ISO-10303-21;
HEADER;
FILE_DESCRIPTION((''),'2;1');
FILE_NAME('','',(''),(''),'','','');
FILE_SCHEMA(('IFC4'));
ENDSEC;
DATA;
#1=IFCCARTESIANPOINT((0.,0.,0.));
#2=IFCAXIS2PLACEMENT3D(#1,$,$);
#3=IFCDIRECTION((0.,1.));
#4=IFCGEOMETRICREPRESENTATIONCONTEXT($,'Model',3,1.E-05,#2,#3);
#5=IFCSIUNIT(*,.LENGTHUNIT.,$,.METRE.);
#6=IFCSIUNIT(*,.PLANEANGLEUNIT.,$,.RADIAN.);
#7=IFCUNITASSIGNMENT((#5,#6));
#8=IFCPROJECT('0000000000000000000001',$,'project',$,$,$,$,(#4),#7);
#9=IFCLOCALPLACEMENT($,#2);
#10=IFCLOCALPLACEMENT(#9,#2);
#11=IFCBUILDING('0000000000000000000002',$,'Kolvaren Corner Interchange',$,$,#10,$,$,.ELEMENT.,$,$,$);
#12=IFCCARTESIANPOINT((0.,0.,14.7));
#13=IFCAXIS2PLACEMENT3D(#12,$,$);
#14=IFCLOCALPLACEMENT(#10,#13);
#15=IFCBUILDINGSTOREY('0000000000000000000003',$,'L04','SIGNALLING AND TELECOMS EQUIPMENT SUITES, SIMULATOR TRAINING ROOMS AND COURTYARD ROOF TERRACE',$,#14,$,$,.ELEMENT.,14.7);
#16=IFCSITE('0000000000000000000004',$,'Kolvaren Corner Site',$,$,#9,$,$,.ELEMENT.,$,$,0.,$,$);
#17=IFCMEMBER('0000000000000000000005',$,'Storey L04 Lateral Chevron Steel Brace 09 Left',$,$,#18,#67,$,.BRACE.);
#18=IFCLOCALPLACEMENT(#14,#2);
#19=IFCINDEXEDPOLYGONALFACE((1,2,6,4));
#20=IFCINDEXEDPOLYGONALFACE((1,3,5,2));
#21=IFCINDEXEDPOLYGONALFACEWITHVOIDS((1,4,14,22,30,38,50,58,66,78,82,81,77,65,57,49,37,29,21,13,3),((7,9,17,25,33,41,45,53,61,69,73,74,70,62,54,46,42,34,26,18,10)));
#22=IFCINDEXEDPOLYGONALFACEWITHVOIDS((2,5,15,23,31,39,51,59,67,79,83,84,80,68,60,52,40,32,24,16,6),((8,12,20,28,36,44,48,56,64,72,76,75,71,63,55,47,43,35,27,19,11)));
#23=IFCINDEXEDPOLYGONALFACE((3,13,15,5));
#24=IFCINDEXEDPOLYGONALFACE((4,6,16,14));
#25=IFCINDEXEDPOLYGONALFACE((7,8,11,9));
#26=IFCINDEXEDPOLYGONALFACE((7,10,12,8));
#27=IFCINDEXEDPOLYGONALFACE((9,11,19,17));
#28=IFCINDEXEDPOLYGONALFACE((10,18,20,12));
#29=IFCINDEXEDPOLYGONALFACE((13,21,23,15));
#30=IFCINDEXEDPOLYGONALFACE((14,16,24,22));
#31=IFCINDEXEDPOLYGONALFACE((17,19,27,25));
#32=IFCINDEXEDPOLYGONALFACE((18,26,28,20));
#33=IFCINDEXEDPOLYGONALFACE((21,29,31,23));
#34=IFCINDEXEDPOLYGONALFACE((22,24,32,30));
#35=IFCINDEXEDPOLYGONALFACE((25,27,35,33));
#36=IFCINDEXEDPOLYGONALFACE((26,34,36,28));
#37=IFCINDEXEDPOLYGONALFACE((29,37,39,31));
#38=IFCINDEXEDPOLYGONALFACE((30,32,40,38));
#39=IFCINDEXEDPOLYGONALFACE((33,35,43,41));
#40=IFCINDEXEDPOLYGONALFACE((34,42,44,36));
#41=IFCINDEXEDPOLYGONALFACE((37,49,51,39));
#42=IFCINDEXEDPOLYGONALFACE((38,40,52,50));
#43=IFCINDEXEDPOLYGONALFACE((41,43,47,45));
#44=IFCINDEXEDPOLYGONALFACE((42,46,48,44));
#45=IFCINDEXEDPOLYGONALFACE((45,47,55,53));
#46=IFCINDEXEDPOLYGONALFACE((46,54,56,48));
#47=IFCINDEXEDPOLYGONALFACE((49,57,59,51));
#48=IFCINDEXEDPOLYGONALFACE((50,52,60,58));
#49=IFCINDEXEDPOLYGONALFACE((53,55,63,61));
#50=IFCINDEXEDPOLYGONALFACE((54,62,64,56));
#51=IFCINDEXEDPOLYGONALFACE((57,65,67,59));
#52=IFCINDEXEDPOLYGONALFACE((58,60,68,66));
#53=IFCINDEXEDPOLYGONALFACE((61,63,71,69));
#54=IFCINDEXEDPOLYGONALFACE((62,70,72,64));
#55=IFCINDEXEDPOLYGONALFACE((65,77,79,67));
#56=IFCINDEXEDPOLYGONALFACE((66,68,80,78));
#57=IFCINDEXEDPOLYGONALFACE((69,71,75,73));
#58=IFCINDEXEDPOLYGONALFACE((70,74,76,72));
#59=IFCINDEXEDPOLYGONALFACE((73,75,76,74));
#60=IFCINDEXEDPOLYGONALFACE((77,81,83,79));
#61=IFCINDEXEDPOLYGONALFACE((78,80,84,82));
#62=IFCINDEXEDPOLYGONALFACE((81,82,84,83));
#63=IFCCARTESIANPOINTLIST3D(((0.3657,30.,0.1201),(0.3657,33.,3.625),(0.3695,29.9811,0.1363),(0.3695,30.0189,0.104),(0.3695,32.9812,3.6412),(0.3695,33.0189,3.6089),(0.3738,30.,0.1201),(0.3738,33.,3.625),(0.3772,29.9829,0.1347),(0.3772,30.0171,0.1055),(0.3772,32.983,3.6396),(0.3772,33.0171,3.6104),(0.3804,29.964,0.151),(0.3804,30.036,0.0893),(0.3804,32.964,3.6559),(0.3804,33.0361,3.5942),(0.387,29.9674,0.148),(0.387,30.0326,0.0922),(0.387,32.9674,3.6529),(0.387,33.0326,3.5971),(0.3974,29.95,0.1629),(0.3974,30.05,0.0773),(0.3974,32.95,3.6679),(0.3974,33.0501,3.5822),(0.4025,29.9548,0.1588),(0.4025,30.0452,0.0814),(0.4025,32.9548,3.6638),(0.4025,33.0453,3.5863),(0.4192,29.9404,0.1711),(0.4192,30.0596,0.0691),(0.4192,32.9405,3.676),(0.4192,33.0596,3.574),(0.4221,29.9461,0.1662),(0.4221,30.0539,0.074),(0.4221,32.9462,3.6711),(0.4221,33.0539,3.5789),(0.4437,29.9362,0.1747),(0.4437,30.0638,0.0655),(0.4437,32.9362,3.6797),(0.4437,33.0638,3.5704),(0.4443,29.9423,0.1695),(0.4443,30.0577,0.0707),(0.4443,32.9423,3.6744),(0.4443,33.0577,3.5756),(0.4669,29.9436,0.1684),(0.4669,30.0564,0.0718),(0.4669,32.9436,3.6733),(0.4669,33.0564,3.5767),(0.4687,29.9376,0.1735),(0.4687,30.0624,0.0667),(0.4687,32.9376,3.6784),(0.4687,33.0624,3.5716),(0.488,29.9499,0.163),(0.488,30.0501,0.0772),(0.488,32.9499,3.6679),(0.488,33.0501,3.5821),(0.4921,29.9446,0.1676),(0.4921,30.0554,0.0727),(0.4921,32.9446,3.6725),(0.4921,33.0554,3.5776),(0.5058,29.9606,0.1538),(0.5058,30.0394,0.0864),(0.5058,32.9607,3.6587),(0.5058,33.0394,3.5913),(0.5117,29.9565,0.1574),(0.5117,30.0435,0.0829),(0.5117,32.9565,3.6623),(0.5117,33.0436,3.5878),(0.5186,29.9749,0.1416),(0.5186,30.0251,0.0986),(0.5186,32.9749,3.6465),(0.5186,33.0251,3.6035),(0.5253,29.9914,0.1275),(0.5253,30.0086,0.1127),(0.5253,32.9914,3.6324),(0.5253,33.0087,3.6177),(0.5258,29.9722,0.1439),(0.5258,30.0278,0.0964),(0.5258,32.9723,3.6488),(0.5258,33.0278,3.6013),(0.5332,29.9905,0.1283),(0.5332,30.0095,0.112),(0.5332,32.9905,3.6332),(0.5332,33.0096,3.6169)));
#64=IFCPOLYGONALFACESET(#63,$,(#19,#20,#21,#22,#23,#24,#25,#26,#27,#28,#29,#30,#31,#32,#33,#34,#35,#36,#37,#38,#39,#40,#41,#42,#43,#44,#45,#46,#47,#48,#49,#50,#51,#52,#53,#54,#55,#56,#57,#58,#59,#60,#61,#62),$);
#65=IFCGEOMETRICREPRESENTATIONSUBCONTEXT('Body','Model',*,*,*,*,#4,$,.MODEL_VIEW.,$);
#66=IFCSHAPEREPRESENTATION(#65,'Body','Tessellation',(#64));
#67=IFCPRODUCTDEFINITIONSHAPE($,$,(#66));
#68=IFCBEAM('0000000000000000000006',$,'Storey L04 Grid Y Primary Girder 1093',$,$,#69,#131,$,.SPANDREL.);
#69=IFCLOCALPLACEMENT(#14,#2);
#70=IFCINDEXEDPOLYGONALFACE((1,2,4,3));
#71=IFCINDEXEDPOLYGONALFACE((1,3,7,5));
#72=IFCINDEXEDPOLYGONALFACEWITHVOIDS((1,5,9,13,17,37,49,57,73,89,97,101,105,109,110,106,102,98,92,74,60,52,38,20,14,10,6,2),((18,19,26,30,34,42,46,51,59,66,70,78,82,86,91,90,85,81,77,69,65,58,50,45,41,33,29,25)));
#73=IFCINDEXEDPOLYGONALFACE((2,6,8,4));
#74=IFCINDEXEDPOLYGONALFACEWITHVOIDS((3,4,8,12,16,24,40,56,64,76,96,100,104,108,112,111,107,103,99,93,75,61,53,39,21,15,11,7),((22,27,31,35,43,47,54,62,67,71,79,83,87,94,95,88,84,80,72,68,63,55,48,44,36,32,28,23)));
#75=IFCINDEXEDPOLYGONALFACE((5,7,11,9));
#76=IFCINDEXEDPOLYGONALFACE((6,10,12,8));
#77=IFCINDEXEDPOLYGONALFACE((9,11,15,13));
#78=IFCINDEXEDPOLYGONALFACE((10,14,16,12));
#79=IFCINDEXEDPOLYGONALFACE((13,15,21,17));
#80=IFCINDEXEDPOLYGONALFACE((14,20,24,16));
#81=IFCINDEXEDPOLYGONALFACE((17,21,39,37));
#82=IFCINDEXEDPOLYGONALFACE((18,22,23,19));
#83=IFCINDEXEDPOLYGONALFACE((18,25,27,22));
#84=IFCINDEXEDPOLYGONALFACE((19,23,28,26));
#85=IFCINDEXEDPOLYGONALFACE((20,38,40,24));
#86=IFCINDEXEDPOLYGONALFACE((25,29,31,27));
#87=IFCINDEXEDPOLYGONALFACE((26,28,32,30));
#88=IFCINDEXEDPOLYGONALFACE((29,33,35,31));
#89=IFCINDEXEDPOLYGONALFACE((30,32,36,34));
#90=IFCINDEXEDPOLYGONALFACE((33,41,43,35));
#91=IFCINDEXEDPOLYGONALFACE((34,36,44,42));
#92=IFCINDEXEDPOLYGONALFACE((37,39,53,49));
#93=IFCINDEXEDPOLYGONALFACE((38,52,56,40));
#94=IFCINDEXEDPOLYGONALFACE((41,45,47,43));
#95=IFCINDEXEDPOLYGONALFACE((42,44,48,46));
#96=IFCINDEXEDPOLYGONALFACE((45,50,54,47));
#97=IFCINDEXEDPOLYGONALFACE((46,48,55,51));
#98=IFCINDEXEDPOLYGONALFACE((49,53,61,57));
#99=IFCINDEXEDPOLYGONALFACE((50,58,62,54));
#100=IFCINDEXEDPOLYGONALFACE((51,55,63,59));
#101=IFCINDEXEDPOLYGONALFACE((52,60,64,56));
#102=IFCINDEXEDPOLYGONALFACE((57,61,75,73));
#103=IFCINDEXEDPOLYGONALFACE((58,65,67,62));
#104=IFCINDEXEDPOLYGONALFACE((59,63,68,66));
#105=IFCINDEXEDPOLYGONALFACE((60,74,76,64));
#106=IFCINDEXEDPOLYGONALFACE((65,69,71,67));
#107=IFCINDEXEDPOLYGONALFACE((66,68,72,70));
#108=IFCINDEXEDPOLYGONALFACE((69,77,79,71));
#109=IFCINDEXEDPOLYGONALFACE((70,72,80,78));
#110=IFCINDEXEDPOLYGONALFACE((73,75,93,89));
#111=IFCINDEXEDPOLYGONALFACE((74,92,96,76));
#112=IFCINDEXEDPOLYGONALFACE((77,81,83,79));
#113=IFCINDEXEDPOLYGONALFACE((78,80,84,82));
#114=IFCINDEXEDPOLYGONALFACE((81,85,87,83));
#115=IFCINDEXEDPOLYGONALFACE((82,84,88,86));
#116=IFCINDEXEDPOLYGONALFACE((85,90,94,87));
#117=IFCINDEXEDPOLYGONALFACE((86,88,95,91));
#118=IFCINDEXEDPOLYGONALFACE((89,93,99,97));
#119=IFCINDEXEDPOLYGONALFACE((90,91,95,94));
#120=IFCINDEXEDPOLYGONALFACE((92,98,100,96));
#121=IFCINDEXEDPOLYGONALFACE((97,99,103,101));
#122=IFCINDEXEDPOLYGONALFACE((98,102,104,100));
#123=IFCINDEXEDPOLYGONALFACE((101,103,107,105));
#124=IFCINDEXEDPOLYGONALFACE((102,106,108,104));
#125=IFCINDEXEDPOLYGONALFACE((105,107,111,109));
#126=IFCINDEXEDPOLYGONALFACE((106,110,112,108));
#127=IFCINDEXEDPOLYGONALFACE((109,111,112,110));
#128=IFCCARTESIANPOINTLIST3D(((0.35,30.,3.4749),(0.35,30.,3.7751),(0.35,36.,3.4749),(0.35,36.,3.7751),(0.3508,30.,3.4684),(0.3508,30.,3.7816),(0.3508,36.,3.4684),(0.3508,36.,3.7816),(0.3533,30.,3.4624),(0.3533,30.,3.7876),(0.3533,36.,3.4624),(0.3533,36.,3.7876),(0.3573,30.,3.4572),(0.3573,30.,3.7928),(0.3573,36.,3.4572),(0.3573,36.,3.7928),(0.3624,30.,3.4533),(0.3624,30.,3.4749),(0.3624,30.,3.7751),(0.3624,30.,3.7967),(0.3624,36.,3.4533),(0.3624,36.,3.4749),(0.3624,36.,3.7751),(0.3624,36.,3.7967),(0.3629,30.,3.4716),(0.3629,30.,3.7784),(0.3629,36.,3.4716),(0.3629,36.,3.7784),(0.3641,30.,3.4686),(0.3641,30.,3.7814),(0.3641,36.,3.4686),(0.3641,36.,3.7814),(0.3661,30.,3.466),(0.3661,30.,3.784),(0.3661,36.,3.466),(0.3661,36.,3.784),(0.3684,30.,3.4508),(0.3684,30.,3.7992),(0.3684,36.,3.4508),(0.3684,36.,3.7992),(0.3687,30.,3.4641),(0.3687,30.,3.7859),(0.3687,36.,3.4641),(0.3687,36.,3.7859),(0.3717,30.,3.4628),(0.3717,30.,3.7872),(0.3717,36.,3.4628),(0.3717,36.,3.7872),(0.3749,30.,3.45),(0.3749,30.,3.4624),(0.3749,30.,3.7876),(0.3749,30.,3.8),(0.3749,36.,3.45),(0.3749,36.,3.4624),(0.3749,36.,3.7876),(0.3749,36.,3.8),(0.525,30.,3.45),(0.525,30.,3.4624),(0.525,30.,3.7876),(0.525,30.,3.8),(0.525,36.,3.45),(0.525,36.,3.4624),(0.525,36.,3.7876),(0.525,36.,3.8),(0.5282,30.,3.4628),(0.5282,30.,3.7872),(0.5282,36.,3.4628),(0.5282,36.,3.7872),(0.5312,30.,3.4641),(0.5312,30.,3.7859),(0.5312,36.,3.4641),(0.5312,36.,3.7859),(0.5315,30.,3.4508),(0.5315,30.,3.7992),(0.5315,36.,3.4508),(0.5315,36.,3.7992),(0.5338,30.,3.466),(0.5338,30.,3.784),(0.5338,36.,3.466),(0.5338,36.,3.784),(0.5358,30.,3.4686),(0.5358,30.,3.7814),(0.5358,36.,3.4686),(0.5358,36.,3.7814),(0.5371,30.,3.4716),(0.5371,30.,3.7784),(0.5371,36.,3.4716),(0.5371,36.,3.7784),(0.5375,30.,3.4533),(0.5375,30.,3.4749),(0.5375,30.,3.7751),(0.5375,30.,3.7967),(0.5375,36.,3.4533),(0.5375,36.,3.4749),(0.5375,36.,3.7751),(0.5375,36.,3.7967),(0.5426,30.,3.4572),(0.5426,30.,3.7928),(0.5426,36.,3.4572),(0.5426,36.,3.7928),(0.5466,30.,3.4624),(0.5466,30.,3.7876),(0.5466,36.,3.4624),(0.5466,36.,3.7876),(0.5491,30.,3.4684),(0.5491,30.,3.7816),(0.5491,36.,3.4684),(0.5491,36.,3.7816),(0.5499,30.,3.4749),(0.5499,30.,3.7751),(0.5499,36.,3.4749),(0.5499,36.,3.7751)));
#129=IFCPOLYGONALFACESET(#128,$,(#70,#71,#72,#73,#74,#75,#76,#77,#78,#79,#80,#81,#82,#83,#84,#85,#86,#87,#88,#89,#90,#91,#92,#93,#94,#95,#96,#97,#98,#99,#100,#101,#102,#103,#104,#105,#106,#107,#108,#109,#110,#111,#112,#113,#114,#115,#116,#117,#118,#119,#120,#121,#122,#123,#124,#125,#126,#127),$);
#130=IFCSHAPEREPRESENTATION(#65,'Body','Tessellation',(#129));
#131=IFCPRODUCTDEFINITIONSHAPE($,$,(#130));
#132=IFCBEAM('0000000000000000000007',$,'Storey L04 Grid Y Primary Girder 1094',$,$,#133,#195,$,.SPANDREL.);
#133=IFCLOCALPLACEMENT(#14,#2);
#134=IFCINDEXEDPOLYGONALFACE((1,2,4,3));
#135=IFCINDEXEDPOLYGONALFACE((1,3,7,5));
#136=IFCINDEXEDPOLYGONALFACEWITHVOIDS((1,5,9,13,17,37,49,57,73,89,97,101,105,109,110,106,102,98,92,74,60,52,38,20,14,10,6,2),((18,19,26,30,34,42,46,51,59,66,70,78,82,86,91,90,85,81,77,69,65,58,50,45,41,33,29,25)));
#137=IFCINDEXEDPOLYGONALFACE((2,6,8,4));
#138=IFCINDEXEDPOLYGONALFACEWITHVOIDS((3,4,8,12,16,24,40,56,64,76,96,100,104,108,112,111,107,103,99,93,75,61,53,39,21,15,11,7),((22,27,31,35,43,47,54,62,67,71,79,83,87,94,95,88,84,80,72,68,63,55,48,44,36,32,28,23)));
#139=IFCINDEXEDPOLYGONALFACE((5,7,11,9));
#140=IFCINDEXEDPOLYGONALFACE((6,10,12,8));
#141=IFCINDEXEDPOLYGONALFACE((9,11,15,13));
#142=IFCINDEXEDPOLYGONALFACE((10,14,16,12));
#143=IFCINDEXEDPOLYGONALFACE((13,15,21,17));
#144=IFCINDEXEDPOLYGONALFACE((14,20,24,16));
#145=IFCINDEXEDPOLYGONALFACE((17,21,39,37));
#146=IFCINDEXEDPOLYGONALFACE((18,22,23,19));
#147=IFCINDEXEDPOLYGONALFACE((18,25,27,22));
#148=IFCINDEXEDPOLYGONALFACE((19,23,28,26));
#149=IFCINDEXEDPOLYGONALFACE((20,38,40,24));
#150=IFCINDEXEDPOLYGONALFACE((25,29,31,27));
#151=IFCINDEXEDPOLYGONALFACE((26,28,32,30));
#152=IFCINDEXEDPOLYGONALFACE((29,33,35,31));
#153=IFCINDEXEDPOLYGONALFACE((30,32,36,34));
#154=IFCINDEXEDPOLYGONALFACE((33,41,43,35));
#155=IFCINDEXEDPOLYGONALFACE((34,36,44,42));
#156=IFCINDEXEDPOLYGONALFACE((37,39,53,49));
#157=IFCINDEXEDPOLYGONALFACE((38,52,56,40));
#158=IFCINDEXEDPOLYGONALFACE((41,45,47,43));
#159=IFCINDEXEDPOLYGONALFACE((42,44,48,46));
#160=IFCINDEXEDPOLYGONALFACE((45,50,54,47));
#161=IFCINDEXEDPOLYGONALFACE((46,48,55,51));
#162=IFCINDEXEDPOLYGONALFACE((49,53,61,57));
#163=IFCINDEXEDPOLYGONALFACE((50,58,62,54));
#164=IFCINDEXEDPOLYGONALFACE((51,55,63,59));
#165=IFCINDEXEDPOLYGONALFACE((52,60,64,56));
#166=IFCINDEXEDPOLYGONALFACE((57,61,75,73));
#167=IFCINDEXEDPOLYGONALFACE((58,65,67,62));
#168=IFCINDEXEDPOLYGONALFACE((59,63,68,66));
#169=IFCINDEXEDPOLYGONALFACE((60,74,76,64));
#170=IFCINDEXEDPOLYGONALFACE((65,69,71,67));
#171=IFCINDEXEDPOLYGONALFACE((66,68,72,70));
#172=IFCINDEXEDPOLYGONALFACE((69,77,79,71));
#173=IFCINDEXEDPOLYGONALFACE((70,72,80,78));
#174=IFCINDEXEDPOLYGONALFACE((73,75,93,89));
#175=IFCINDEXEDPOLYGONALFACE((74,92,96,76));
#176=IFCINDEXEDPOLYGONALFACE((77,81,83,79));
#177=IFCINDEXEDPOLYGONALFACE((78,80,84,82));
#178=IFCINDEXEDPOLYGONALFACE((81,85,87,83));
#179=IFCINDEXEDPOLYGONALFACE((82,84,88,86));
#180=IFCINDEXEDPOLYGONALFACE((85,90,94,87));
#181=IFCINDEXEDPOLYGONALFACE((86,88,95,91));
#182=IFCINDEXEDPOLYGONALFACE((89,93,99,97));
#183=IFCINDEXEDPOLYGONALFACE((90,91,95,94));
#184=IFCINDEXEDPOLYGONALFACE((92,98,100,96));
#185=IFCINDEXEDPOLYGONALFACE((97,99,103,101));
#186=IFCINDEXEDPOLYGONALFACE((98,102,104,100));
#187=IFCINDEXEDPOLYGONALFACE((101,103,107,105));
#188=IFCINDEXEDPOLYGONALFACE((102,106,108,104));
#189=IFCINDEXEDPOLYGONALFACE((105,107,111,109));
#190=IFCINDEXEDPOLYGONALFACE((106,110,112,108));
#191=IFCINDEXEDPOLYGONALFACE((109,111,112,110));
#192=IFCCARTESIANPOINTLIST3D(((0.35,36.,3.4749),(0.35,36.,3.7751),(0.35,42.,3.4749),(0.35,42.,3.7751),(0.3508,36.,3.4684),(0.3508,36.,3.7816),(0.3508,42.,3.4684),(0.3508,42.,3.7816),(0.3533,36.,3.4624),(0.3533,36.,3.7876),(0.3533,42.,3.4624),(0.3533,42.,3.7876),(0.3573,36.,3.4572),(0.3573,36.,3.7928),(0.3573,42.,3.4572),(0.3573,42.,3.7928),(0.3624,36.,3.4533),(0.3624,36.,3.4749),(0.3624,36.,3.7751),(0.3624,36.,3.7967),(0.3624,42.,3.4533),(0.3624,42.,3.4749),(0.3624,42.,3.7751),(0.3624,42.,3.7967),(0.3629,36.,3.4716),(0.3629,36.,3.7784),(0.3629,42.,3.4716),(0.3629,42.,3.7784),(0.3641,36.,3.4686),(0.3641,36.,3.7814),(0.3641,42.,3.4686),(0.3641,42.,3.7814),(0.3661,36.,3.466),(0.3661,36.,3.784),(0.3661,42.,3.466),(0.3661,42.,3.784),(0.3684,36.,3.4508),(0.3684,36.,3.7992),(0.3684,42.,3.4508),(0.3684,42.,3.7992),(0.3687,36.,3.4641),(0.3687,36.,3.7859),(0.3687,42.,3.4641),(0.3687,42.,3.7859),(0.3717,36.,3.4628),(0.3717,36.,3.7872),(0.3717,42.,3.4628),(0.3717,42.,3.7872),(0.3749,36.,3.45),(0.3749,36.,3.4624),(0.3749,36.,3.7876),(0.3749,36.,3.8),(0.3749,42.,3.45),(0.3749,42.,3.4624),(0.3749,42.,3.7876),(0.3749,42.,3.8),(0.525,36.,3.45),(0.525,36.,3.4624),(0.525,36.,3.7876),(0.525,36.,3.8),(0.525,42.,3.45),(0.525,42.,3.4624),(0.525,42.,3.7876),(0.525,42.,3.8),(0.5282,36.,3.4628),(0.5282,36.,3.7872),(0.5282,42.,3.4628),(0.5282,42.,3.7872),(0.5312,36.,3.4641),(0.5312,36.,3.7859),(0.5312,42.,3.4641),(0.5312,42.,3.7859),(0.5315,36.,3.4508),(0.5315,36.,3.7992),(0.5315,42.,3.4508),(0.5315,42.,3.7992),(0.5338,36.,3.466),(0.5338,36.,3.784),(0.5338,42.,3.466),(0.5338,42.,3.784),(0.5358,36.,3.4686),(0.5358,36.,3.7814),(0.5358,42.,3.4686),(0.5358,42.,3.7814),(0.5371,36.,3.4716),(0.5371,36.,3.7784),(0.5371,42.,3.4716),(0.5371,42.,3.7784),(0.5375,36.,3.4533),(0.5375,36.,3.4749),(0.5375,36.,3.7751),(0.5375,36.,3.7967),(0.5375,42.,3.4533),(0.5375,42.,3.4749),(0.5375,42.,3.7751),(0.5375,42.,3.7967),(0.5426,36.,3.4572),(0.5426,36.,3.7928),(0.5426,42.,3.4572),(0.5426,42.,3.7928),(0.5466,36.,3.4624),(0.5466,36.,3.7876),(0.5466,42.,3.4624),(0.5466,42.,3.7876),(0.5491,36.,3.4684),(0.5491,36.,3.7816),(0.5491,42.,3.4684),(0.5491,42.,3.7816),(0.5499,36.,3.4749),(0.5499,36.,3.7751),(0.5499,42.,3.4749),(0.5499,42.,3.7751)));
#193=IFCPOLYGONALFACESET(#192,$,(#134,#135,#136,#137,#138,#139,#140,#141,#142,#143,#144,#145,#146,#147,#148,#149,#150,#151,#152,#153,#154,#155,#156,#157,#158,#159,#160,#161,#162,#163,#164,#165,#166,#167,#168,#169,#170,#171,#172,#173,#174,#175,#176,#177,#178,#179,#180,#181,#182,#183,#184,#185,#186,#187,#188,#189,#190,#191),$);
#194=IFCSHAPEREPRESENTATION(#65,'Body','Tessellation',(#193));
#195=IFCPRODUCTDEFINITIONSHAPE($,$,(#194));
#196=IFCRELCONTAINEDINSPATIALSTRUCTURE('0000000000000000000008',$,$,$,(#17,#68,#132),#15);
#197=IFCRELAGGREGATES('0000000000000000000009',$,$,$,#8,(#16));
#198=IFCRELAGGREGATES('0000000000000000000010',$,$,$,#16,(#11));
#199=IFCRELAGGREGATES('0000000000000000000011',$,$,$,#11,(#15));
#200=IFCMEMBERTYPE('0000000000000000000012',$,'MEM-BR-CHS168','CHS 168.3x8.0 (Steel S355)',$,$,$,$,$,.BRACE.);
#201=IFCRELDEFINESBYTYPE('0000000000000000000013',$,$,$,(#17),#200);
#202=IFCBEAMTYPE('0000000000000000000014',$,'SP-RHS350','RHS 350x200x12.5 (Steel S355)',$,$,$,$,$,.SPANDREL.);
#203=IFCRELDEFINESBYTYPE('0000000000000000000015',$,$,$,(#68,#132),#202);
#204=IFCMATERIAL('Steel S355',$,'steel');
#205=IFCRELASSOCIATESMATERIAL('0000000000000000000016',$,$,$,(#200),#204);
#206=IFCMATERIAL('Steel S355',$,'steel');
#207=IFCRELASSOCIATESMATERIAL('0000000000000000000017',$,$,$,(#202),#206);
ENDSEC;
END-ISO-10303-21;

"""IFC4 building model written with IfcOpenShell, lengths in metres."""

from ifc_helpers import new_model, si_unit, direction, frame, origin, origin_2d, place, context, subcontext, project, spatial, hollow_rectangle, hollow_circle, extrude, material, material_profile, profile_set, type_object, element, save


model = new_model("IFC4")

# Units and contexts
model_context = context("Model", 3, precision=1e-05, world=origin(), true_north=direction((0.0, 1.0)))
body_context = subcontext(model_context, "Body", "Model", "MODEL_VIEW")
ifc_project = project(units=[si_unit("LENGTHUNIT", "METRE"), si_unit("PLANEANGLEUNIT", "RADIAN")], contexts=[model_context])

# Site, building, storey
site_placement = place(None, origin())
site = spatial("IfcSite", under=ifc_project, at=site_placement, Name="Kolvaren Corner Site", CompositionType="ELEMENT", RefElevation=0.0)
building_placement = place(site_placement, origin())
building = spatial("IfcBuilding", under=site, at=building_placement, Name="Kolvaren Corner Interchange", CompositionType="ELEMENT")
storey_placement = place(building_placement, frame((0.0, 0.0, 14.7)))
storey = spatial("IfcBuildingStorey", under=building, at=storey_placement, Name="L04", Description="SIGNALLING AND TELECOMS EQUIPMENT SUITES, SIMULATOR TRAINING ROOMS AND COURTYARD ROOF TERRACE", CompositionType="ELEMENT", Elevation=14.7)

# Member
ifc_material_1 = material(Name="Steel S355", Category="steel")
ifc_material_profile_1 = material_profile(ifc_material_1, hollow_circle(Radius=0.0842, WallThickness=0.0081, at=origin_2d()), Name="CHS 168.3x8.0")
ifc_profile_set_1 = profile_set([ifc_material_profile_1], Name="Steel S355")
member_type = type_object("IfcMemberType", Name="MEM-BR-CHS168", Description="CHS 168.3x8.0 (Steel S355)", PredefinedType="BRACE", material=ifc_profile_set_1)
member_placement = place(storey_placement, frame((0.45, 30.0, 0.1201), z_axis=(0.0, 0.650268, 0.759705), x_axis=(-1.0, 0.0, 0.0)))
element("IfcMember", 1, at=member_placement, inside=storey, type_object=member_type, Name="Storey L04 Lateral Chevron Steel Brace 09 Left", PredefinedType="BRACE", context=body_context, shape_type="SweptSolid", body=[
    extrude(hollow_circle(Radius=0.0842, WallThickness=0.0081, at=origin_2d()), origin(), (0.0, 0.0, 1.0), 4.6135),
])

# Beams
ifc_material_2 = material(Name="Steel S355", Category="steel")
ifc_material_profile_2 = material_profile(ifc_material_2, hollow_rectangle(XDim=0.2, YDim=0.3501, WallThickness=0.0125, InnerFilletRadius=0.0125, OuterFilletRadius=0.0249, at=origin_2d()), Name="RHS 350x200x12.5")
ifc_profile_set_2 = profile_set([ifc_material_profile_2], Name="Steel S355")
beam_type_1 = type_object("IfcBeamType", Name="SP-RHS350", Description="RHS 350x200x12.5 (Steel S355)", PredefinedType="SPANDREL", material=ifc_profile_set_2)
for number, where, z_axis, x_axis, name in (
    (2, (0.45, 30.0, 3.625), (0.0, 1.0, 0.0), (-1.0, 0.0, 0.0), "Storey L04 Grid Y Primary Girder 1093"),
    (3, (0.45, 36.0, 3.625), (0.0, 1.0, 0.0), (-1.0, 0.0, 0.0), "Storey L04 Grid Y Primary Girder 1094"),
):
    element("IfcBeam", number, at=place(storey_placement, frame(where, z_axis=z_axis, x_axis=x_axis)), inside=storey, type_object=beam_type_1, Name=name, PredefinedType="SPANDREL", context=body_context, shape_type="SweptSolid", body=[
        extrude(hollow_rectangle(XDim=0.2, YDim=0.3501, WallThickness=0.0125, InnerFilletRadius=0.0125, OuterFilletRadius=0.0249, at=origin_2d()), origin(), (0.0, 0.0, 1.0), 6.0),
    ])

save(model, "model.ifc")
